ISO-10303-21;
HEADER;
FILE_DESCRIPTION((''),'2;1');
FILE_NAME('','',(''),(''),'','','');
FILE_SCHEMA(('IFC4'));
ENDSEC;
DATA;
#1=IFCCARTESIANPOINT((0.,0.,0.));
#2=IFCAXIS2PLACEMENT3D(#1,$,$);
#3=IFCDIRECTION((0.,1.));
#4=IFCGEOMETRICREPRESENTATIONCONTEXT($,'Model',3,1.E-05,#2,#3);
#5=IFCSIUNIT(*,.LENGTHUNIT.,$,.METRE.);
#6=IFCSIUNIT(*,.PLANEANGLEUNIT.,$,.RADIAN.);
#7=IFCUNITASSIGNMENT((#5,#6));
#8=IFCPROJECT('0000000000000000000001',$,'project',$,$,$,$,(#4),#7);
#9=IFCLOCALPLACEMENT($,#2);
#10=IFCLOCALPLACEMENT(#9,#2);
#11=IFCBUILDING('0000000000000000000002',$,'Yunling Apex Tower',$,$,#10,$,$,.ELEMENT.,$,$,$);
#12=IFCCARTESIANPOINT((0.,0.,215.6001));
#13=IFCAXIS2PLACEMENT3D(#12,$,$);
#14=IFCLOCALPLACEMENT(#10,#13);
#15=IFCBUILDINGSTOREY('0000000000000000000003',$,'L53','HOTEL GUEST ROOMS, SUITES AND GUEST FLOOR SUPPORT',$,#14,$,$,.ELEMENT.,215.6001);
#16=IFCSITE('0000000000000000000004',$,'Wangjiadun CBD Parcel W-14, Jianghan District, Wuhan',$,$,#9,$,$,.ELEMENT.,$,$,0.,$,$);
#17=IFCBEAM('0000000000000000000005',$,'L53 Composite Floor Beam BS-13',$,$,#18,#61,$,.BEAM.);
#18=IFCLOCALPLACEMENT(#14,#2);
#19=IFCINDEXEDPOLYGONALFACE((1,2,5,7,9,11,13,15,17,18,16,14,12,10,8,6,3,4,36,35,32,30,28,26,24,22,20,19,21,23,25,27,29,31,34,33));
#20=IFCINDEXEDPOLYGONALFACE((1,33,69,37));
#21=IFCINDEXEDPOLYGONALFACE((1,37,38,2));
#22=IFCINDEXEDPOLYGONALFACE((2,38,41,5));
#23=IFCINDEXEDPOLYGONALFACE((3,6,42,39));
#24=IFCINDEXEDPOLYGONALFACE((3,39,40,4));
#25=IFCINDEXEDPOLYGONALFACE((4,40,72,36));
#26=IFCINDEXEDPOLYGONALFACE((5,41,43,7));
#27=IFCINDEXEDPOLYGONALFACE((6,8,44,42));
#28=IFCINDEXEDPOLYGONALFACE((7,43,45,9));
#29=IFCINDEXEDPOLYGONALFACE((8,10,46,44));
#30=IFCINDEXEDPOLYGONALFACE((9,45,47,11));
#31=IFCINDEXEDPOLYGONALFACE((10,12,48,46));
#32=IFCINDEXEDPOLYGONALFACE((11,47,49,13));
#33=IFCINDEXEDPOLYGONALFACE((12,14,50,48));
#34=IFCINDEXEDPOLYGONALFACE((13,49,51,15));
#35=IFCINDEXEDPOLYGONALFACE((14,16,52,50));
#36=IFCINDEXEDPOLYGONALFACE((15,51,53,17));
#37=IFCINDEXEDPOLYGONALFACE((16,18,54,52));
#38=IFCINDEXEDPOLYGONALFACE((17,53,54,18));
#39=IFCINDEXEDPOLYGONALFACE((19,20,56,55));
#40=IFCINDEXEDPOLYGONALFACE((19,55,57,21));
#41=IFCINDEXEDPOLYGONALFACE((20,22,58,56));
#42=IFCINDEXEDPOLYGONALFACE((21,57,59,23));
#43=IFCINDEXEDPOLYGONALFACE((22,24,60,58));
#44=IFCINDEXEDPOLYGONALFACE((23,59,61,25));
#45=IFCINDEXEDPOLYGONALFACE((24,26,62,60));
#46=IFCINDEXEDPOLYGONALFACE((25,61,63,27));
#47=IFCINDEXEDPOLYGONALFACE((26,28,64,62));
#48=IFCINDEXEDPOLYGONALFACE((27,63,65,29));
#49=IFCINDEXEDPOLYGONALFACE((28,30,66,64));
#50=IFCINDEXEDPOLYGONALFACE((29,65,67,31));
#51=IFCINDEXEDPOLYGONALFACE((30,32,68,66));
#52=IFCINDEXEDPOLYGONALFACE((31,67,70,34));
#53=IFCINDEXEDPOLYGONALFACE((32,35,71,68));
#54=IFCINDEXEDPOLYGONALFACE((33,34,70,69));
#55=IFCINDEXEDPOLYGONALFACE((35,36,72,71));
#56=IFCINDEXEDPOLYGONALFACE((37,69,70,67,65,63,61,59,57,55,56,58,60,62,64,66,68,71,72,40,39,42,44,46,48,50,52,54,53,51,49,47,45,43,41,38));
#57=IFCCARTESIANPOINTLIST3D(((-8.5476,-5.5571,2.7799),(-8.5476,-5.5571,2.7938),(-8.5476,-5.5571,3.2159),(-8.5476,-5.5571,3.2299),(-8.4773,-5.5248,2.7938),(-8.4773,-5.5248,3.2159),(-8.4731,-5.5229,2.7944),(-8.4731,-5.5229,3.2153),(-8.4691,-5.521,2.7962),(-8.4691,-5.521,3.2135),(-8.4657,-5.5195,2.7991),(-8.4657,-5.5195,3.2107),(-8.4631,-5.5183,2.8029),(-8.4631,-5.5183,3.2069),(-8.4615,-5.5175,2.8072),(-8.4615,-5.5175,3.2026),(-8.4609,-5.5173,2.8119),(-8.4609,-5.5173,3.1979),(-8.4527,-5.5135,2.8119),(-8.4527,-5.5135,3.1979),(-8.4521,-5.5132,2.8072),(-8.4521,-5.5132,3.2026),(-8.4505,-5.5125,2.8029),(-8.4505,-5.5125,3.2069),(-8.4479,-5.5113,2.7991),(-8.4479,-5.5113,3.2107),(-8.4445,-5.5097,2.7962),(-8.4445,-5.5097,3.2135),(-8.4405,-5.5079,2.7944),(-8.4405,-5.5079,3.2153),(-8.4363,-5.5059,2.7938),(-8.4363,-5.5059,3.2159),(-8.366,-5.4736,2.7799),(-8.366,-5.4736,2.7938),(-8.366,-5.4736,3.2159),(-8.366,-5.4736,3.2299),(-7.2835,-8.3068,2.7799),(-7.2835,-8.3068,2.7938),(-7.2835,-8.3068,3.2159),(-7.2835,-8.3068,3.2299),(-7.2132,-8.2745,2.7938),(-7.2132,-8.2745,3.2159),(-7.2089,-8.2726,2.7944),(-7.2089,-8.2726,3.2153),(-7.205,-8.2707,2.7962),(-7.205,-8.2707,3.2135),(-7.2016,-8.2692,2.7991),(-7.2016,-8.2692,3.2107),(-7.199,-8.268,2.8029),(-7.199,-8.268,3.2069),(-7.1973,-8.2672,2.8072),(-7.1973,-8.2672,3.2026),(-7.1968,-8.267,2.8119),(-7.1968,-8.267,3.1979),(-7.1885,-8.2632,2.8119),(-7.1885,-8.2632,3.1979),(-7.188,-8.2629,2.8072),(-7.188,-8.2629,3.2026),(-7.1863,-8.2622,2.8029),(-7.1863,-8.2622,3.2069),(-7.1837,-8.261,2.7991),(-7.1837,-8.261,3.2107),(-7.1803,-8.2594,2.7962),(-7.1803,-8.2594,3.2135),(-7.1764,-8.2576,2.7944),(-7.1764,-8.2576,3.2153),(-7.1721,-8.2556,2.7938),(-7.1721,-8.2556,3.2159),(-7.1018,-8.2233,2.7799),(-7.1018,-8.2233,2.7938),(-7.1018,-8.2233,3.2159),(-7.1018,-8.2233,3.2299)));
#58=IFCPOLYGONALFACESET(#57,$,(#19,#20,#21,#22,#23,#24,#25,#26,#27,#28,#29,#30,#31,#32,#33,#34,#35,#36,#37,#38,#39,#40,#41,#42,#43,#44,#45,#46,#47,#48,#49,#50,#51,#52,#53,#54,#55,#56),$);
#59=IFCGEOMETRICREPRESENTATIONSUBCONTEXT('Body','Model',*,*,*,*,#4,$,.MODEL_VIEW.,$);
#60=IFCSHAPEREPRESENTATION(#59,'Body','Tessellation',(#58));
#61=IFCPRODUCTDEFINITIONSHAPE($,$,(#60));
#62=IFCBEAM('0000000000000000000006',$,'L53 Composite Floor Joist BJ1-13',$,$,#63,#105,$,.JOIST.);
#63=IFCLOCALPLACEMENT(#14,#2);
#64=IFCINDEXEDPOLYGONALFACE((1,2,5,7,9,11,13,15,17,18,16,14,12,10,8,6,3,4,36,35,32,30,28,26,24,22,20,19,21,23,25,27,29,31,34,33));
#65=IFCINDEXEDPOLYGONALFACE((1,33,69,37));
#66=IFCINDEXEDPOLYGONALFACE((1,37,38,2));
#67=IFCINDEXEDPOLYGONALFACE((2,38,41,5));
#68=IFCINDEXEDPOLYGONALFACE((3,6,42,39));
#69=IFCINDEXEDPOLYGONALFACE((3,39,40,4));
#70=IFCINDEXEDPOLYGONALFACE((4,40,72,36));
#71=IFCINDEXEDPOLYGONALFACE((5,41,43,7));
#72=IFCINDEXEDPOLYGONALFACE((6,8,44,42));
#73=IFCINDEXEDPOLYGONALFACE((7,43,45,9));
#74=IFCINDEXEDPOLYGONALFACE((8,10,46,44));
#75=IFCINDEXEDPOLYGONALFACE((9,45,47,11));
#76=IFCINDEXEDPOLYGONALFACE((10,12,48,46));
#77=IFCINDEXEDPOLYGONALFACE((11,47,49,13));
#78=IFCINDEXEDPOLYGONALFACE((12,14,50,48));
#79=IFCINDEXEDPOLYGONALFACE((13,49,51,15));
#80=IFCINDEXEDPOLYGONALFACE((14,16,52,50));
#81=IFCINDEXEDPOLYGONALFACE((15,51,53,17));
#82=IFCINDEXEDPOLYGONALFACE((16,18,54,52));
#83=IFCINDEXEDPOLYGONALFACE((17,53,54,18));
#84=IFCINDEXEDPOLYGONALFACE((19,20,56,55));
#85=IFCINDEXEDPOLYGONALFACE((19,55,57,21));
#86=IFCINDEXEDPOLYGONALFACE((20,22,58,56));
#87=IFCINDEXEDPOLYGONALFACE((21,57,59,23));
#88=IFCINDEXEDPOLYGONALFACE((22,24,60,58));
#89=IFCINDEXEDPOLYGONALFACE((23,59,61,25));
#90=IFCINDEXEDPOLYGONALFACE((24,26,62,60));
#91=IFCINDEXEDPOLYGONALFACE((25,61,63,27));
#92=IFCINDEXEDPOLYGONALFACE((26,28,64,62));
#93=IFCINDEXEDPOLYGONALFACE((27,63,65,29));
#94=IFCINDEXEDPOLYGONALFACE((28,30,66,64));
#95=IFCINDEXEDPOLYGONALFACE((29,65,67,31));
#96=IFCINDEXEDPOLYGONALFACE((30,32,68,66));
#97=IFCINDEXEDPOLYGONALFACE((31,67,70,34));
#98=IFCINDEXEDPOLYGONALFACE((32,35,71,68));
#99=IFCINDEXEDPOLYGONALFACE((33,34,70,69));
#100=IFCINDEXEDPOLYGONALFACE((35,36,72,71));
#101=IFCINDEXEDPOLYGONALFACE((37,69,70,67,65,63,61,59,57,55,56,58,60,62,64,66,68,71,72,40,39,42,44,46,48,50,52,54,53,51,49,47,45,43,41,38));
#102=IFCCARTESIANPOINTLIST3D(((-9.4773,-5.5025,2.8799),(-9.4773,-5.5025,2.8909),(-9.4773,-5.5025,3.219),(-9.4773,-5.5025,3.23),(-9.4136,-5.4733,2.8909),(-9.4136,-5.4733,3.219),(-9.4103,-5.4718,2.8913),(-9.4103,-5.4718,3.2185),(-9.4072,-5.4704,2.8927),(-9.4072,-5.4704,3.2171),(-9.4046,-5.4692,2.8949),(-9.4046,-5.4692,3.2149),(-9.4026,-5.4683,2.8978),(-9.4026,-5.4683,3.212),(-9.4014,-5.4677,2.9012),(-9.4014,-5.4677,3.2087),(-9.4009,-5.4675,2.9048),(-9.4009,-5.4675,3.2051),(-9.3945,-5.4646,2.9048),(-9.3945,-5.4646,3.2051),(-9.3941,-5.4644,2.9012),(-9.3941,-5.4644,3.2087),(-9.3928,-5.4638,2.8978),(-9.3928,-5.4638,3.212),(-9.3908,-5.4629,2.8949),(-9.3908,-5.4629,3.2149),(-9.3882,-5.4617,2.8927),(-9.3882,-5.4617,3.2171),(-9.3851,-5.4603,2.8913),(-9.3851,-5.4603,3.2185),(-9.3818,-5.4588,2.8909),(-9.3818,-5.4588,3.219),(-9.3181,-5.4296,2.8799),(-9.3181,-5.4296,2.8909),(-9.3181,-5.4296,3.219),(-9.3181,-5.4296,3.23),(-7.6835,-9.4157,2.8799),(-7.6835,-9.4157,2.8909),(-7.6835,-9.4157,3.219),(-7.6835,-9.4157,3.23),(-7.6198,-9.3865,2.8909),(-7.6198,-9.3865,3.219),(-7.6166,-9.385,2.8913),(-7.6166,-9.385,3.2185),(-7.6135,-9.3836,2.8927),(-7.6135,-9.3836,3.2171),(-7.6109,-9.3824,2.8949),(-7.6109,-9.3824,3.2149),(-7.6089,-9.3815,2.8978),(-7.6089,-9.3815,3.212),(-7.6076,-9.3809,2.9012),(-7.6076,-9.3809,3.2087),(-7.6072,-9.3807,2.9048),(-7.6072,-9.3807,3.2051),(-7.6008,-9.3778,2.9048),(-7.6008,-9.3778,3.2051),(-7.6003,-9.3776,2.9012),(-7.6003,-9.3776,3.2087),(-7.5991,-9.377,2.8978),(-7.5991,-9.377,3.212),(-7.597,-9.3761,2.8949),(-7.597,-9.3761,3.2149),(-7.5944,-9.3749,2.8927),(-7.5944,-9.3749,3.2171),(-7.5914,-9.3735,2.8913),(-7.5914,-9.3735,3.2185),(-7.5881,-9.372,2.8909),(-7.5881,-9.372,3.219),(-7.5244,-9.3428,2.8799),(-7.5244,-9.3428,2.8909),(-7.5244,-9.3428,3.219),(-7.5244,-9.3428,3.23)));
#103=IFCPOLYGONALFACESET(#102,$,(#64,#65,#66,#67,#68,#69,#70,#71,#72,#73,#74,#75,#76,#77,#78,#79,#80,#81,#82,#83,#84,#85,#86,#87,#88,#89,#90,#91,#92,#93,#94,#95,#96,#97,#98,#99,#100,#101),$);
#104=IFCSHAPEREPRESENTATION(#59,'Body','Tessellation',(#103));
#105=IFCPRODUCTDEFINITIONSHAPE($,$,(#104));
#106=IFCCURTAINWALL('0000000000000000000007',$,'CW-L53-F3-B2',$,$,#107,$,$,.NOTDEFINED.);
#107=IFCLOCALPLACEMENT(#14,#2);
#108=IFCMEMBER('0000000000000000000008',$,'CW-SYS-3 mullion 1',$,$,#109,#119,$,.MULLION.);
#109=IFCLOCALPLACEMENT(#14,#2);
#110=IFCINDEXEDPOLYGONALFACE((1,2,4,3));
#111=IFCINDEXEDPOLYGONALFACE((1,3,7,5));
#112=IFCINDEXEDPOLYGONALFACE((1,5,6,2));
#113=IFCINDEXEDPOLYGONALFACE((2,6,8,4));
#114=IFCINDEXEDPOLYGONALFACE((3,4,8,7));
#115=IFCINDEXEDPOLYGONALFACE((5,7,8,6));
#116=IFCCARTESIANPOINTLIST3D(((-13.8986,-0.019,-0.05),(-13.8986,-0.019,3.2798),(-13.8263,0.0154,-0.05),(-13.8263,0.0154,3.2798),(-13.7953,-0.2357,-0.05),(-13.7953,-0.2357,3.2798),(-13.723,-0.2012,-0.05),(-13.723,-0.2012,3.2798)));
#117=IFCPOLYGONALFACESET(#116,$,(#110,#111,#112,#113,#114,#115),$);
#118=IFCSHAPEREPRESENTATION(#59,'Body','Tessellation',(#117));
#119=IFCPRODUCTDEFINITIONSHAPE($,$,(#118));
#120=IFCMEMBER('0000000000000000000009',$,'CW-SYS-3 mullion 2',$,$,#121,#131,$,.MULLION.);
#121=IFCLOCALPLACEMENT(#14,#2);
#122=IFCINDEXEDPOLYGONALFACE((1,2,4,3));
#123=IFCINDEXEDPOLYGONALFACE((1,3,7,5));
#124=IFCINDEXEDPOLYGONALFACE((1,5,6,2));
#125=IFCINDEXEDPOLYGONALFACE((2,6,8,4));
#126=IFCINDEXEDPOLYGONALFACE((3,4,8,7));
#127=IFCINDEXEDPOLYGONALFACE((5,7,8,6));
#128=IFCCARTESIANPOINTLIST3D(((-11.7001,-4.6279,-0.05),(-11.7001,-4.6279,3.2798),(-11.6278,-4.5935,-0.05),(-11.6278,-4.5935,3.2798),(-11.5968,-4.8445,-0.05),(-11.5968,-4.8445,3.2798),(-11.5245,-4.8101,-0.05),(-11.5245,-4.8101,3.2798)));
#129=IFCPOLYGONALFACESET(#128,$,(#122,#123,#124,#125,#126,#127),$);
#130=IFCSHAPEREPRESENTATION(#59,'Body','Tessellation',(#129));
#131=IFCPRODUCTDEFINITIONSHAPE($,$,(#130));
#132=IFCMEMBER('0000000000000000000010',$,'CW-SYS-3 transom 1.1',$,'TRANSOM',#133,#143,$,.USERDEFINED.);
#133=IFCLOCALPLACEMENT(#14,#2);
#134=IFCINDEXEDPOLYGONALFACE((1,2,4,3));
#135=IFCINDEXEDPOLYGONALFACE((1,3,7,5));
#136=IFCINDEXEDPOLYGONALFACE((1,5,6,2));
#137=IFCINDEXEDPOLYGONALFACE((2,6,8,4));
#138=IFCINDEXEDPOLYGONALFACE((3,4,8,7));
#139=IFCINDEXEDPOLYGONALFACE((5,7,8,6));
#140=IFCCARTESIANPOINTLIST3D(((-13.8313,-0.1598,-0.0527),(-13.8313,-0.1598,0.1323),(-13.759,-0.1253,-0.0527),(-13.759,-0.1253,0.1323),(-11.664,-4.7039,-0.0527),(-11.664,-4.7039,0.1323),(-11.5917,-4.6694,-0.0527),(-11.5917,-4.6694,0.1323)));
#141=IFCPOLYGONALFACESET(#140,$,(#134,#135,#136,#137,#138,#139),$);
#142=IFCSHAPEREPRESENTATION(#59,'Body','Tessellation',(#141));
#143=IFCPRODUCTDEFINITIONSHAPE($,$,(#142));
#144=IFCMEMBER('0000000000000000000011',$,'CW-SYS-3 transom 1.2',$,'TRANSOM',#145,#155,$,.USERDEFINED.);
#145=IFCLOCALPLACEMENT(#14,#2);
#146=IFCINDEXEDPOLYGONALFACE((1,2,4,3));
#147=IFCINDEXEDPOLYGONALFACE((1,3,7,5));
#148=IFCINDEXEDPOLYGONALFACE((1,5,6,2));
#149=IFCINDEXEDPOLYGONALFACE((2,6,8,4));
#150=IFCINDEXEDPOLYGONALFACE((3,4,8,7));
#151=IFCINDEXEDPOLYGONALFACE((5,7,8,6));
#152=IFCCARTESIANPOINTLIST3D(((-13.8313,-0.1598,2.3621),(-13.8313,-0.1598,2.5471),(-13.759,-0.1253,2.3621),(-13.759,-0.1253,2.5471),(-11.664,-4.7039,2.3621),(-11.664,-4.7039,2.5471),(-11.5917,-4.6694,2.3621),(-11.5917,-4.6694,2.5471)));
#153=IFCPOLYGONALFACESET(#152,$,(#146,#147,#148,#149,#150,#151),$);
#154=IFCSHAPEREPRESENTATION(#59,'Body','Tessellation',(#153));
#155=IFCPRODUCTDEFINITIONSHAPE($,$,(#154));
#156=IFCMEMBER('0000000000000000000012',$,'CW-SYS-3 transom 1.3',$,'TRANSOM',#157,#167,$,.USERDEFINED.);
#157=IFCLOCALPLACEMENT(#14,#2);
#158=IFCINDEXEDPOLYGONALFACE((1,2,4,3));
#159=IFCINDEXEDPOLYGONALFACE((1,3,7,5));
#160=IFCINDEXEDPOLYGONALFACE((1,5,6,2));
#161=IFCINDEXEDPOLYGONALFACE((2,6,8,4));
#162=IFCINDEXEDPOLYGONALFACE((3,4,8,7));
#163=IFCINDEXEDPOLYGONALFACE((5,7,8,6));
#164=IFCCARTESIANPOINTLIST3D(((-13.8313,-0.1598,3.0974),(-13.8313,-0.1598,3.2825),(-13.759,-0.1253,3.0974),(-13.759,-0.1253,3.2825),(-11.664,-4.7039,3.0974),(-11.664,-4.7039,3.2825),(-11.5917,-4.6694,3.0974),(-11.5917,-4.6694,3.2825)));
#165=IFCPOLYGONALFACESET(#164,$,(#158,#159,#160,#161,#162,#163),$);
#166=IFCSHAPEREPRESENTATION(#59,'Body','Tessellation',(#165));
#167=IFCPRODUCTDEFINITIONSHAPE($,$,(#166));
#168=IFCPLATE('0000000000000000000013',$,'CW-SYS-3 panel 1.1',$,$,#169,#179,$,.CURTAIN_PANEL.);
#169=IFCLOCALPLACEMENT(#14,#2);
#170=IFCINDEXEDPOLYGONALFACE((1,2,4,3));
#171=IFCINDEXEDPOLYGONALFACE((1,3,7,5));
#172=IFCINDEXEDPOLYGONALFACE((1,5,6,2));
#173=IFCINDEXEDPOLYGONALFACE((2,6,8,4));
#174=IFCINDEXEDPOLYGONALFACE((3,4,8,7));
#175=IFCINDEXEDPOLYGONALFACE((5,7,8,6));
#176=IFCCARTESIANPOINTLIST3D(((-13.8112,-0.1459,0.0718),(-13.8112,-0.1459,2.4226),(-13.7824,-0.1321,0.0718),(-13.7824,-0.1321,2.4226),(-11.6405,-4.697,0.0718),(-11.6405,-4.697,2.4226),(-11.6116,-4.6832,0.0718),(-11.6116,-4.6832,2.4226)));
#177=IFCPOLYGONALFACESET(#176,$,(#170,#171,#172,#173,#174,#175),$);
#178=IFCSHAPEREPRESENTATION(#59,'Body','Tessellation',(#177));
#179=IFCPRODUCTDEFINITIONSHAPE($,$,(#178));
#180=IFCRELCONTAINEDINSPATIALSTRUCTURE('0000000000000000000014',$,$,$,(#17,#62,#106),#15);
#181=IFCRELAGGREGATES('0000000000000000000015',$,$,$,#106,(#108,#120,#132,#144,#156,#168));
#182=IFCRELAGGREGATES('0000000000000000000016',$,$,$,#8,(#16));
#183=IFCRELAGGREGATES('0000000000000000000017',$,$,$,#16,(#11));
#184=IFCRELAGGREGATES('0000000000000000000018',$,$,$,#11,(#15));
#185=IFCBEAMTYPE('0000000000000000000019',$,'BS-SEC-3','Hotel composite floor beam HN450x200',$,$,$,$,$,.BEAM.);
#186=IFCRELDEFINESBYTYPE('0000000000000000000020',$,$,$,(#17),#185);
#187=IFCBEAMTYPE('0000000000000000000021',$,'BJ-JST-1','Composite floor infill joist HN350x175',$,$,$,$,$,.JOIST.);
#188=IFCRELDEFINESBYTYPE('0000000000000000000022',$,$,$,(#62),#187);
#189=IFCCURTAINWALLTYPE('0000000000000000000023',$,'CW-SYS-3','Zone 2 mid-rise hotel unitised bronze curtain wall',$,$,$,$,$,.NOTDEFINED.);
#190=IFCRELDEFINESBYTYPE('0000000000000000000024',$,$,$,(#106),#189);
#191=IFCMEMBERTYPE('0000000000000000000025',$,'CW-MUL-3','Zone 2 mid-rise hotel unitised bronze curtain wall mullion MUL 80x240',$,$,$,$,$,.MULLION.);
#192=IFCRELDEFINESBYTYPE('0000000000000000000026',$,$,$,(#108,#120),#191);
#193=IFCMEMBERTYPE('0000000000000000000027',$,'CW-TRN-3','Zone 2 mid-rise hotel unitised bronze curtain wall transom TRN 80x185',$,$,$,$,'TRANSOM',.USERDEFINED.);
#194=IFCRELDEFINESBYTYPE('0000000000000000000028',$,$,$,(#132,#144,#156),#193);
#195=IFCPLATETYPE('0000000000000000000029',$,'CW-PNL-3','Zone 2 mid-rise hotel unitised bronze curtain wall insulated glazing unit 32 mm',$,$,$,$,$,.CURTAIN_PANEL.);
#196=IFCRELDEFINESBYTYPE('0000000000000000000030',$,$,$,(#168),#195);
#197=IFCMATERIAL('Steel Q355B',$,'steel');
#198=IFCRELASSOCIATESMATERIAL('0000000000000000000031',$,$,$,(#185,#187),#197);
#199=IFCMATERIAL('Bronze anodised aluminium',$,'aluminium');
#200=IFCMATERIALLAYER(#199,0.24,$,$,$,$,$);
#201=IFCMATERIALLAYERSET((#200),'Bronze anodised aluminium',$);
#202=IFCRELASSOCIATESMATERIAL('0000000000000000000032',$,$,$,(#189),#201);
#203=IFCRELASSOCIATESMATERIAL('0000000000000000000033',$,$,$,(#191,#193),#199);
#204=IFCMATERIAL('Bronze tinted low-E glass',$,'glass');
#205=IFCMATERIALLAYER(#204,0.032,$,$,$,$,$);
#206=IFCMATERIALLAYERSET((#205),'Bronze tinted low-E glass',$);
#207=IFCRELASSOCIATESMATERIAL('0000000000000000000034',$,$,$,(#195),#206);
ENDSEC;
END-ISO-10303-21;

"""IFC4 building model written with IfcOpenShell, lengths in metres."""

from ifc_helpers import new_model, si_unit, direction, frame, origin, origin_2d, place, context, subcontext, project, spatial, rectangle, i_section, extrude, source, transform, mapped, material, layer, layer_set, material_profile, profile_set, type_object, element, aggregate, save


model = new_model("IFC4")

# Units and contexts
model_context = context("Model", 3, precision=1e-05, world=origin(), true_north=direction((0.0, 1.0)))
body_context = subcontext(model_context, "Body", "Model", "MODEL_VIEW")
ifc_project = project(units=[si_unit("LENGTHUNIT", "METRE"), si_unit("PLANEANGLEUNIT", "RADIAN")], contexts=[model_context])

# Site, building, storey
site_placement = place(None, origin())
site = spatial("IfcSite", under=ifc_project, at=site_placement, Name="Wangjiadun CBD Parcel W-14, Jianghan District, Wuhan", CompositionType="ELEMENT", RefElevation=0.0)
building_placement = place(site_placement, origin())
building = spatial("IfcBuilding", under=site, at=building_placement, Name="Yunling Apex Tower", CompositionType="ELEMENT")
storey_placement = place(building_placement, frame((0.0, 0.0, 215.6001)))
storey = spatial("IfcBuildingStorey", under=building, at=storey_placement, Name="L53", Description="HOTEL GUEST ROOMS, SUITES AND GUEST FLOOR SUPPORT", CompositionType="ELEMENT", Elevation=215.6001)

# Beams
ifc_material_1 = material(Name="Steel Q355B", Category="steel")
ifc_material_profile_1 = material_profile(ifc_material_1, i_section(OverallWidth=0.2, OverallDepth=0.45, WebThickness=0.009, FlangeThickness=0.0139, FilletRadius=0.0181, at=origin_2d()))
ifc_profile_set_1 = profile_set([ifc_material_profile_1], Name="Steel Q355B")
beam_type_1 = type_object("IfcBeamType", Name="BS-SEC-3", Description="Hotel composite floor beam HN450x200", PredefinedType="BEAM", material=ifc_profile_set_1)
shared_shape_1 = source(origin(), body_context, "Body", "SweptSolid", [
    extrude(i_section(OverallWidth=0.2, OverallDepth=0.45, WebThickness=0.009, FlangeThickness=0.0139, FilletRadius=0.0181, at=origin_2d()), origin(), (0.0, 0.0, 1.0), 3.0264),
])
beam_1_placement = place(storey_placement, frame((-8.4568, -5.5154, 3.0049), z_axis=(0.417707, -0.908582, 0.0), x_axis=(0.908582, 0.417707, 0.0)))
element("IfcBeam", 1, at=beam_1_placement, inside=storey, type_object=beam_type_1, Name="L53 Composite Floor Beam BS-13", PredefinedType="BEAM", context=body_context, shape_type="MappedRepresentation", body=[
    mapped(shared_shape_1, transform((0.0, 0.0, 0.0), scale=1.0)),
])
ifc_material_profile_2 = material_profile(ifc_material_1, i_section(OverallWidth=0.175, OverallDepth=0.3501, WebThickness=0.0071, FlangeThickness=0.011, FilletRadius=0.0139, at=origin_2d()))
ifc_profile_set_2 = profile_set([ifc_material_profile_2], Name="Steel Q355B")
beam_type_2 = type_object("IfcBeamType", Name="BJ-JST-1", Description="Composite floor infill joist HN350x175", PredefinedType="JOIST", material=ifc_profile_set_2)
shared_shape_2 = source(origin(), body_context, "Body", "SweptSolid", [
    extrude(i_section(OverallWidth=0.175, OverallDepth=0.3501, WebThickness=0.0071, FlangeThickness=0.011, FilletRadius=0.0139, at=origin_2d()), origin(), (0.0, 0.0, 1.0), 4.3047),
])
beam_2_placement = place(storey_placement, frame((-9.3977, -5.4661, 3.0549), z_axis=(0.416694, -0.909047, 0.0), x_axis=(0.909047, 0.416694, 0.0)))
element("IfcBeam", 2, at=beam_2_placement, inside=storey, type_object=beam_type_2, Name="L53 Composite Floor Joist BJ1-13", PredefinedType="JOIST", context=body_context, shape_type="MappedRepresentation", body=[
    mapped(shared_shape_2, transform((0.0, 0.0, 0.0), scale=1.0)),
])

# Curtain wall, members, plate
ifc_material_2 = material(Name="Bronze anodised aluminium", Category="aluminium")
ifc_layer_1 = layer(ifc_material_2, 0.24)
ifc_layer_set_1 = layer_set([ifc_layer_1], Name="Bronze anodised aluminium")
curtain_wall_type = type_object("IfcCurtainWallType", Name="CW-SYS-3", Description="Zone 2 mid-rise hotel unitised bronze curtain wall", PredefinedType="NOTDEFINED", material=ifc_layer_set_1)
curtain_wall_placement = place(storey_placement, origin())
curtain_wall = element("IfcCurtainWall", 3, at=curtain_wall_placement, inside=storey, type_object=curtain_wall_type, Name="CW-L53-F3-B2", PredefinedType="NOTDEFINED")
ifc_material_profile_3 = material_profile(ifc_material_2, rectangle(XDim=0.0801, YDim=0.24, at=origin_2d()))
ifc_profile_set_3 = profile_set([ifc_material_profile_3], Name="Bronze anodised aluminium")
member_type_1 = type_object("IfcMemberType", Name="CW-MUL-3", Description="Zone 2 mid-rise hotel unitised bronze curtain wall mullion MUL 80x240", PredefinedType="MULLION", material=ifc_profile_set_3)
shared_shape_3 = source(origin(), body_context, "Body", "SweptSolid", [
    extrude(rectangle(XDim=0.0801, YDim=0.24, at=origin_2d()), origin(), (0.0, 0.0, 1.0), 3.3298),
])
member_1_placement = place(storey_placement, frame((-13.8108, -0.1101, -0.05), z_axis=(0.0, 0.0, 1.0), x_axis=(0.902583, 0.430516, 0.0)))
member_1 = element("IfcMember", 4, at=member_1_placement, type_object=member_type_1, Name="CW-SYS-3 mullion 1", PredefinedType="MULLION", context=body_context, shape_type="MappedRepresentation", body=[
    mapped(shared_shape_3, transform((0.0, 0.0, 0.0), scale=1.0)),
])
member_2_placement = place(storey_placement, frame((-11.6123, -4.719, -0.05), z_axis=(0.0, 0.0, 1.0), x_axis=(0.902583, 0.430516, 0.0)))
member_2 = element("IfcMember", 5, at=member_2_placement, type_object=member_type_1, Name="CW-SYS-3 mullion 2", PredefinedType="MULLION", context=body_context, shape_type="MappedRepresentation", body=[
    mapped(shared_shape_3, transform((0.0, 0.0, 0.0), scale=1.0)),
])
ifc_material_profile_4 = material_profile(ifc_material_2, rectangle(XDim=0.0801, YDim=0.1851, at=origin_2d()))
ifc_profile_set_4 = profile_set([ifc_material_profile_4], Name="Bronze anodised aluminium")
member_type_2 = type_object("IfcMemberType", Name="CW-TRN-3", Description="Zone 2 mid-rise hotel unitised bronze curtain wall transom TRN 80x185", ElementType="TRANSOM", PredefinedType="USERDEFINED", material=ifc_profile_set_4)
shared_shape_4 = source(origin(), body_context, "Body", "SweptSolid", [
    extrude(rectangle(XDim=0.0801, YDim=0.1851, at=origin_2d()), origin(), (0.0, 0.0, 1.0), 5.0344),
])
member_3_placement = place(storey_placement, frame((-13.7952, -0.1426, 0.0398), z_axis=(0.430493, -0.902594, 0.0), x_axis=(0.902594, 0.430493, 0.0)))
member_3 = element("IfcMember", 6, at=member_3_placement, type_object=member_type_2, Name="CW-SYS-3 transom 1.1", ObjectType="TRANSOM", PredefinedType="USERDEFINED", context=body_context, shape_type="MappedRepresentation", body=[
    mapped(shared_shape_4, transform((0.0, 0.0, 0.0), scale=1.0)),
])
member_4_placement = place(storey_placement, frame((-13.7952, -0.1426, 2.4546), z_axis=(0.430493, -0.902594, 0.0), x_axis=(0.902594, 0.430493, 0.0)))
member_4 = element("IfcMember", 7, at=member_4_placement, type_object=member_type_2, Name="CW-SYS-3 transom 1.2", ObjectType="TRANSOM", PredefinedType="USERDEFINED", context=body_context, shape_type="MappedRepresentation", body=[
    mapped(shared_shape_4, transform((0.0, 0.0, 0.0), scale=1.0)),
])
member_5_placement = place(storey_placement, frame((-13.7952, -0.1426, 3.1899), z_axis=(0.430493, -0.902594, 0.0), x_axis=(0.902594, 0.430493, 0.0)))
member_5 = element("IfcMember", 8, at=member_5_placement, type_object=member_type_2, Name="CW-SYS-3 transom 1.3", ObjectType="TRANSOM", PredefinedType="USERDEFINED", context=body_context, shape_type="MappedRepresentation", body=[
    mapped(shared_shape_4, transform((0.0, 0.0, 0.0), scale=1.0)),
])
ifc_material_3 = material(Name="Bronze tinted low-E glass", Category="glass")
ifc_layer_2 = layer(ifc_material_3, 0.032)
ifc_layer_set_2 = layer_set([ifc_layer_2], Name="Bronze tinted low-E glass")
plate_type = type_object("IfcPlateType", Name="CW-PNL-3", Description="Zone 2 mid-rise hotel unitised bronze curtain wall insulated glazing unit 32 mm", PredefinedType="CURTAIN_PANEL", material=ifc_layer_set_2)
shared_shape_5 = source(origin(), body_context, "Body", "SweptSolid", [
    extrude(rectangle(XDim=5.0422, YDim=0.032, at=origin_2d()), origin(), (0.0, 0.0, 1.0), 2.3508),
])
plate_1_placement = place(storey_placement, frame((-12.7114, -2.4146, 0.0718), z_axis=(0.0, 0.0, 1.0), x_axis=(0.430516, -0.902583, 0.0)))
plate_1 = element("IfcPlate", 9, at=plate_1_placement, type_object=plate_type, Name="CW-SYS-3 panel 1.1", PredefinedType="CURTAIN_PANEL", context=body_context, shape_type="MappedRepresentation", body=[
    mapped(shared_shape_5, transform((0.0, 0.0, 0.0), scale=1.0)),
])
aggregate(curtain_wall, [member_1, member_2, member_3, member_4, member_5, plate_1])

save(model, "model.ifc")
